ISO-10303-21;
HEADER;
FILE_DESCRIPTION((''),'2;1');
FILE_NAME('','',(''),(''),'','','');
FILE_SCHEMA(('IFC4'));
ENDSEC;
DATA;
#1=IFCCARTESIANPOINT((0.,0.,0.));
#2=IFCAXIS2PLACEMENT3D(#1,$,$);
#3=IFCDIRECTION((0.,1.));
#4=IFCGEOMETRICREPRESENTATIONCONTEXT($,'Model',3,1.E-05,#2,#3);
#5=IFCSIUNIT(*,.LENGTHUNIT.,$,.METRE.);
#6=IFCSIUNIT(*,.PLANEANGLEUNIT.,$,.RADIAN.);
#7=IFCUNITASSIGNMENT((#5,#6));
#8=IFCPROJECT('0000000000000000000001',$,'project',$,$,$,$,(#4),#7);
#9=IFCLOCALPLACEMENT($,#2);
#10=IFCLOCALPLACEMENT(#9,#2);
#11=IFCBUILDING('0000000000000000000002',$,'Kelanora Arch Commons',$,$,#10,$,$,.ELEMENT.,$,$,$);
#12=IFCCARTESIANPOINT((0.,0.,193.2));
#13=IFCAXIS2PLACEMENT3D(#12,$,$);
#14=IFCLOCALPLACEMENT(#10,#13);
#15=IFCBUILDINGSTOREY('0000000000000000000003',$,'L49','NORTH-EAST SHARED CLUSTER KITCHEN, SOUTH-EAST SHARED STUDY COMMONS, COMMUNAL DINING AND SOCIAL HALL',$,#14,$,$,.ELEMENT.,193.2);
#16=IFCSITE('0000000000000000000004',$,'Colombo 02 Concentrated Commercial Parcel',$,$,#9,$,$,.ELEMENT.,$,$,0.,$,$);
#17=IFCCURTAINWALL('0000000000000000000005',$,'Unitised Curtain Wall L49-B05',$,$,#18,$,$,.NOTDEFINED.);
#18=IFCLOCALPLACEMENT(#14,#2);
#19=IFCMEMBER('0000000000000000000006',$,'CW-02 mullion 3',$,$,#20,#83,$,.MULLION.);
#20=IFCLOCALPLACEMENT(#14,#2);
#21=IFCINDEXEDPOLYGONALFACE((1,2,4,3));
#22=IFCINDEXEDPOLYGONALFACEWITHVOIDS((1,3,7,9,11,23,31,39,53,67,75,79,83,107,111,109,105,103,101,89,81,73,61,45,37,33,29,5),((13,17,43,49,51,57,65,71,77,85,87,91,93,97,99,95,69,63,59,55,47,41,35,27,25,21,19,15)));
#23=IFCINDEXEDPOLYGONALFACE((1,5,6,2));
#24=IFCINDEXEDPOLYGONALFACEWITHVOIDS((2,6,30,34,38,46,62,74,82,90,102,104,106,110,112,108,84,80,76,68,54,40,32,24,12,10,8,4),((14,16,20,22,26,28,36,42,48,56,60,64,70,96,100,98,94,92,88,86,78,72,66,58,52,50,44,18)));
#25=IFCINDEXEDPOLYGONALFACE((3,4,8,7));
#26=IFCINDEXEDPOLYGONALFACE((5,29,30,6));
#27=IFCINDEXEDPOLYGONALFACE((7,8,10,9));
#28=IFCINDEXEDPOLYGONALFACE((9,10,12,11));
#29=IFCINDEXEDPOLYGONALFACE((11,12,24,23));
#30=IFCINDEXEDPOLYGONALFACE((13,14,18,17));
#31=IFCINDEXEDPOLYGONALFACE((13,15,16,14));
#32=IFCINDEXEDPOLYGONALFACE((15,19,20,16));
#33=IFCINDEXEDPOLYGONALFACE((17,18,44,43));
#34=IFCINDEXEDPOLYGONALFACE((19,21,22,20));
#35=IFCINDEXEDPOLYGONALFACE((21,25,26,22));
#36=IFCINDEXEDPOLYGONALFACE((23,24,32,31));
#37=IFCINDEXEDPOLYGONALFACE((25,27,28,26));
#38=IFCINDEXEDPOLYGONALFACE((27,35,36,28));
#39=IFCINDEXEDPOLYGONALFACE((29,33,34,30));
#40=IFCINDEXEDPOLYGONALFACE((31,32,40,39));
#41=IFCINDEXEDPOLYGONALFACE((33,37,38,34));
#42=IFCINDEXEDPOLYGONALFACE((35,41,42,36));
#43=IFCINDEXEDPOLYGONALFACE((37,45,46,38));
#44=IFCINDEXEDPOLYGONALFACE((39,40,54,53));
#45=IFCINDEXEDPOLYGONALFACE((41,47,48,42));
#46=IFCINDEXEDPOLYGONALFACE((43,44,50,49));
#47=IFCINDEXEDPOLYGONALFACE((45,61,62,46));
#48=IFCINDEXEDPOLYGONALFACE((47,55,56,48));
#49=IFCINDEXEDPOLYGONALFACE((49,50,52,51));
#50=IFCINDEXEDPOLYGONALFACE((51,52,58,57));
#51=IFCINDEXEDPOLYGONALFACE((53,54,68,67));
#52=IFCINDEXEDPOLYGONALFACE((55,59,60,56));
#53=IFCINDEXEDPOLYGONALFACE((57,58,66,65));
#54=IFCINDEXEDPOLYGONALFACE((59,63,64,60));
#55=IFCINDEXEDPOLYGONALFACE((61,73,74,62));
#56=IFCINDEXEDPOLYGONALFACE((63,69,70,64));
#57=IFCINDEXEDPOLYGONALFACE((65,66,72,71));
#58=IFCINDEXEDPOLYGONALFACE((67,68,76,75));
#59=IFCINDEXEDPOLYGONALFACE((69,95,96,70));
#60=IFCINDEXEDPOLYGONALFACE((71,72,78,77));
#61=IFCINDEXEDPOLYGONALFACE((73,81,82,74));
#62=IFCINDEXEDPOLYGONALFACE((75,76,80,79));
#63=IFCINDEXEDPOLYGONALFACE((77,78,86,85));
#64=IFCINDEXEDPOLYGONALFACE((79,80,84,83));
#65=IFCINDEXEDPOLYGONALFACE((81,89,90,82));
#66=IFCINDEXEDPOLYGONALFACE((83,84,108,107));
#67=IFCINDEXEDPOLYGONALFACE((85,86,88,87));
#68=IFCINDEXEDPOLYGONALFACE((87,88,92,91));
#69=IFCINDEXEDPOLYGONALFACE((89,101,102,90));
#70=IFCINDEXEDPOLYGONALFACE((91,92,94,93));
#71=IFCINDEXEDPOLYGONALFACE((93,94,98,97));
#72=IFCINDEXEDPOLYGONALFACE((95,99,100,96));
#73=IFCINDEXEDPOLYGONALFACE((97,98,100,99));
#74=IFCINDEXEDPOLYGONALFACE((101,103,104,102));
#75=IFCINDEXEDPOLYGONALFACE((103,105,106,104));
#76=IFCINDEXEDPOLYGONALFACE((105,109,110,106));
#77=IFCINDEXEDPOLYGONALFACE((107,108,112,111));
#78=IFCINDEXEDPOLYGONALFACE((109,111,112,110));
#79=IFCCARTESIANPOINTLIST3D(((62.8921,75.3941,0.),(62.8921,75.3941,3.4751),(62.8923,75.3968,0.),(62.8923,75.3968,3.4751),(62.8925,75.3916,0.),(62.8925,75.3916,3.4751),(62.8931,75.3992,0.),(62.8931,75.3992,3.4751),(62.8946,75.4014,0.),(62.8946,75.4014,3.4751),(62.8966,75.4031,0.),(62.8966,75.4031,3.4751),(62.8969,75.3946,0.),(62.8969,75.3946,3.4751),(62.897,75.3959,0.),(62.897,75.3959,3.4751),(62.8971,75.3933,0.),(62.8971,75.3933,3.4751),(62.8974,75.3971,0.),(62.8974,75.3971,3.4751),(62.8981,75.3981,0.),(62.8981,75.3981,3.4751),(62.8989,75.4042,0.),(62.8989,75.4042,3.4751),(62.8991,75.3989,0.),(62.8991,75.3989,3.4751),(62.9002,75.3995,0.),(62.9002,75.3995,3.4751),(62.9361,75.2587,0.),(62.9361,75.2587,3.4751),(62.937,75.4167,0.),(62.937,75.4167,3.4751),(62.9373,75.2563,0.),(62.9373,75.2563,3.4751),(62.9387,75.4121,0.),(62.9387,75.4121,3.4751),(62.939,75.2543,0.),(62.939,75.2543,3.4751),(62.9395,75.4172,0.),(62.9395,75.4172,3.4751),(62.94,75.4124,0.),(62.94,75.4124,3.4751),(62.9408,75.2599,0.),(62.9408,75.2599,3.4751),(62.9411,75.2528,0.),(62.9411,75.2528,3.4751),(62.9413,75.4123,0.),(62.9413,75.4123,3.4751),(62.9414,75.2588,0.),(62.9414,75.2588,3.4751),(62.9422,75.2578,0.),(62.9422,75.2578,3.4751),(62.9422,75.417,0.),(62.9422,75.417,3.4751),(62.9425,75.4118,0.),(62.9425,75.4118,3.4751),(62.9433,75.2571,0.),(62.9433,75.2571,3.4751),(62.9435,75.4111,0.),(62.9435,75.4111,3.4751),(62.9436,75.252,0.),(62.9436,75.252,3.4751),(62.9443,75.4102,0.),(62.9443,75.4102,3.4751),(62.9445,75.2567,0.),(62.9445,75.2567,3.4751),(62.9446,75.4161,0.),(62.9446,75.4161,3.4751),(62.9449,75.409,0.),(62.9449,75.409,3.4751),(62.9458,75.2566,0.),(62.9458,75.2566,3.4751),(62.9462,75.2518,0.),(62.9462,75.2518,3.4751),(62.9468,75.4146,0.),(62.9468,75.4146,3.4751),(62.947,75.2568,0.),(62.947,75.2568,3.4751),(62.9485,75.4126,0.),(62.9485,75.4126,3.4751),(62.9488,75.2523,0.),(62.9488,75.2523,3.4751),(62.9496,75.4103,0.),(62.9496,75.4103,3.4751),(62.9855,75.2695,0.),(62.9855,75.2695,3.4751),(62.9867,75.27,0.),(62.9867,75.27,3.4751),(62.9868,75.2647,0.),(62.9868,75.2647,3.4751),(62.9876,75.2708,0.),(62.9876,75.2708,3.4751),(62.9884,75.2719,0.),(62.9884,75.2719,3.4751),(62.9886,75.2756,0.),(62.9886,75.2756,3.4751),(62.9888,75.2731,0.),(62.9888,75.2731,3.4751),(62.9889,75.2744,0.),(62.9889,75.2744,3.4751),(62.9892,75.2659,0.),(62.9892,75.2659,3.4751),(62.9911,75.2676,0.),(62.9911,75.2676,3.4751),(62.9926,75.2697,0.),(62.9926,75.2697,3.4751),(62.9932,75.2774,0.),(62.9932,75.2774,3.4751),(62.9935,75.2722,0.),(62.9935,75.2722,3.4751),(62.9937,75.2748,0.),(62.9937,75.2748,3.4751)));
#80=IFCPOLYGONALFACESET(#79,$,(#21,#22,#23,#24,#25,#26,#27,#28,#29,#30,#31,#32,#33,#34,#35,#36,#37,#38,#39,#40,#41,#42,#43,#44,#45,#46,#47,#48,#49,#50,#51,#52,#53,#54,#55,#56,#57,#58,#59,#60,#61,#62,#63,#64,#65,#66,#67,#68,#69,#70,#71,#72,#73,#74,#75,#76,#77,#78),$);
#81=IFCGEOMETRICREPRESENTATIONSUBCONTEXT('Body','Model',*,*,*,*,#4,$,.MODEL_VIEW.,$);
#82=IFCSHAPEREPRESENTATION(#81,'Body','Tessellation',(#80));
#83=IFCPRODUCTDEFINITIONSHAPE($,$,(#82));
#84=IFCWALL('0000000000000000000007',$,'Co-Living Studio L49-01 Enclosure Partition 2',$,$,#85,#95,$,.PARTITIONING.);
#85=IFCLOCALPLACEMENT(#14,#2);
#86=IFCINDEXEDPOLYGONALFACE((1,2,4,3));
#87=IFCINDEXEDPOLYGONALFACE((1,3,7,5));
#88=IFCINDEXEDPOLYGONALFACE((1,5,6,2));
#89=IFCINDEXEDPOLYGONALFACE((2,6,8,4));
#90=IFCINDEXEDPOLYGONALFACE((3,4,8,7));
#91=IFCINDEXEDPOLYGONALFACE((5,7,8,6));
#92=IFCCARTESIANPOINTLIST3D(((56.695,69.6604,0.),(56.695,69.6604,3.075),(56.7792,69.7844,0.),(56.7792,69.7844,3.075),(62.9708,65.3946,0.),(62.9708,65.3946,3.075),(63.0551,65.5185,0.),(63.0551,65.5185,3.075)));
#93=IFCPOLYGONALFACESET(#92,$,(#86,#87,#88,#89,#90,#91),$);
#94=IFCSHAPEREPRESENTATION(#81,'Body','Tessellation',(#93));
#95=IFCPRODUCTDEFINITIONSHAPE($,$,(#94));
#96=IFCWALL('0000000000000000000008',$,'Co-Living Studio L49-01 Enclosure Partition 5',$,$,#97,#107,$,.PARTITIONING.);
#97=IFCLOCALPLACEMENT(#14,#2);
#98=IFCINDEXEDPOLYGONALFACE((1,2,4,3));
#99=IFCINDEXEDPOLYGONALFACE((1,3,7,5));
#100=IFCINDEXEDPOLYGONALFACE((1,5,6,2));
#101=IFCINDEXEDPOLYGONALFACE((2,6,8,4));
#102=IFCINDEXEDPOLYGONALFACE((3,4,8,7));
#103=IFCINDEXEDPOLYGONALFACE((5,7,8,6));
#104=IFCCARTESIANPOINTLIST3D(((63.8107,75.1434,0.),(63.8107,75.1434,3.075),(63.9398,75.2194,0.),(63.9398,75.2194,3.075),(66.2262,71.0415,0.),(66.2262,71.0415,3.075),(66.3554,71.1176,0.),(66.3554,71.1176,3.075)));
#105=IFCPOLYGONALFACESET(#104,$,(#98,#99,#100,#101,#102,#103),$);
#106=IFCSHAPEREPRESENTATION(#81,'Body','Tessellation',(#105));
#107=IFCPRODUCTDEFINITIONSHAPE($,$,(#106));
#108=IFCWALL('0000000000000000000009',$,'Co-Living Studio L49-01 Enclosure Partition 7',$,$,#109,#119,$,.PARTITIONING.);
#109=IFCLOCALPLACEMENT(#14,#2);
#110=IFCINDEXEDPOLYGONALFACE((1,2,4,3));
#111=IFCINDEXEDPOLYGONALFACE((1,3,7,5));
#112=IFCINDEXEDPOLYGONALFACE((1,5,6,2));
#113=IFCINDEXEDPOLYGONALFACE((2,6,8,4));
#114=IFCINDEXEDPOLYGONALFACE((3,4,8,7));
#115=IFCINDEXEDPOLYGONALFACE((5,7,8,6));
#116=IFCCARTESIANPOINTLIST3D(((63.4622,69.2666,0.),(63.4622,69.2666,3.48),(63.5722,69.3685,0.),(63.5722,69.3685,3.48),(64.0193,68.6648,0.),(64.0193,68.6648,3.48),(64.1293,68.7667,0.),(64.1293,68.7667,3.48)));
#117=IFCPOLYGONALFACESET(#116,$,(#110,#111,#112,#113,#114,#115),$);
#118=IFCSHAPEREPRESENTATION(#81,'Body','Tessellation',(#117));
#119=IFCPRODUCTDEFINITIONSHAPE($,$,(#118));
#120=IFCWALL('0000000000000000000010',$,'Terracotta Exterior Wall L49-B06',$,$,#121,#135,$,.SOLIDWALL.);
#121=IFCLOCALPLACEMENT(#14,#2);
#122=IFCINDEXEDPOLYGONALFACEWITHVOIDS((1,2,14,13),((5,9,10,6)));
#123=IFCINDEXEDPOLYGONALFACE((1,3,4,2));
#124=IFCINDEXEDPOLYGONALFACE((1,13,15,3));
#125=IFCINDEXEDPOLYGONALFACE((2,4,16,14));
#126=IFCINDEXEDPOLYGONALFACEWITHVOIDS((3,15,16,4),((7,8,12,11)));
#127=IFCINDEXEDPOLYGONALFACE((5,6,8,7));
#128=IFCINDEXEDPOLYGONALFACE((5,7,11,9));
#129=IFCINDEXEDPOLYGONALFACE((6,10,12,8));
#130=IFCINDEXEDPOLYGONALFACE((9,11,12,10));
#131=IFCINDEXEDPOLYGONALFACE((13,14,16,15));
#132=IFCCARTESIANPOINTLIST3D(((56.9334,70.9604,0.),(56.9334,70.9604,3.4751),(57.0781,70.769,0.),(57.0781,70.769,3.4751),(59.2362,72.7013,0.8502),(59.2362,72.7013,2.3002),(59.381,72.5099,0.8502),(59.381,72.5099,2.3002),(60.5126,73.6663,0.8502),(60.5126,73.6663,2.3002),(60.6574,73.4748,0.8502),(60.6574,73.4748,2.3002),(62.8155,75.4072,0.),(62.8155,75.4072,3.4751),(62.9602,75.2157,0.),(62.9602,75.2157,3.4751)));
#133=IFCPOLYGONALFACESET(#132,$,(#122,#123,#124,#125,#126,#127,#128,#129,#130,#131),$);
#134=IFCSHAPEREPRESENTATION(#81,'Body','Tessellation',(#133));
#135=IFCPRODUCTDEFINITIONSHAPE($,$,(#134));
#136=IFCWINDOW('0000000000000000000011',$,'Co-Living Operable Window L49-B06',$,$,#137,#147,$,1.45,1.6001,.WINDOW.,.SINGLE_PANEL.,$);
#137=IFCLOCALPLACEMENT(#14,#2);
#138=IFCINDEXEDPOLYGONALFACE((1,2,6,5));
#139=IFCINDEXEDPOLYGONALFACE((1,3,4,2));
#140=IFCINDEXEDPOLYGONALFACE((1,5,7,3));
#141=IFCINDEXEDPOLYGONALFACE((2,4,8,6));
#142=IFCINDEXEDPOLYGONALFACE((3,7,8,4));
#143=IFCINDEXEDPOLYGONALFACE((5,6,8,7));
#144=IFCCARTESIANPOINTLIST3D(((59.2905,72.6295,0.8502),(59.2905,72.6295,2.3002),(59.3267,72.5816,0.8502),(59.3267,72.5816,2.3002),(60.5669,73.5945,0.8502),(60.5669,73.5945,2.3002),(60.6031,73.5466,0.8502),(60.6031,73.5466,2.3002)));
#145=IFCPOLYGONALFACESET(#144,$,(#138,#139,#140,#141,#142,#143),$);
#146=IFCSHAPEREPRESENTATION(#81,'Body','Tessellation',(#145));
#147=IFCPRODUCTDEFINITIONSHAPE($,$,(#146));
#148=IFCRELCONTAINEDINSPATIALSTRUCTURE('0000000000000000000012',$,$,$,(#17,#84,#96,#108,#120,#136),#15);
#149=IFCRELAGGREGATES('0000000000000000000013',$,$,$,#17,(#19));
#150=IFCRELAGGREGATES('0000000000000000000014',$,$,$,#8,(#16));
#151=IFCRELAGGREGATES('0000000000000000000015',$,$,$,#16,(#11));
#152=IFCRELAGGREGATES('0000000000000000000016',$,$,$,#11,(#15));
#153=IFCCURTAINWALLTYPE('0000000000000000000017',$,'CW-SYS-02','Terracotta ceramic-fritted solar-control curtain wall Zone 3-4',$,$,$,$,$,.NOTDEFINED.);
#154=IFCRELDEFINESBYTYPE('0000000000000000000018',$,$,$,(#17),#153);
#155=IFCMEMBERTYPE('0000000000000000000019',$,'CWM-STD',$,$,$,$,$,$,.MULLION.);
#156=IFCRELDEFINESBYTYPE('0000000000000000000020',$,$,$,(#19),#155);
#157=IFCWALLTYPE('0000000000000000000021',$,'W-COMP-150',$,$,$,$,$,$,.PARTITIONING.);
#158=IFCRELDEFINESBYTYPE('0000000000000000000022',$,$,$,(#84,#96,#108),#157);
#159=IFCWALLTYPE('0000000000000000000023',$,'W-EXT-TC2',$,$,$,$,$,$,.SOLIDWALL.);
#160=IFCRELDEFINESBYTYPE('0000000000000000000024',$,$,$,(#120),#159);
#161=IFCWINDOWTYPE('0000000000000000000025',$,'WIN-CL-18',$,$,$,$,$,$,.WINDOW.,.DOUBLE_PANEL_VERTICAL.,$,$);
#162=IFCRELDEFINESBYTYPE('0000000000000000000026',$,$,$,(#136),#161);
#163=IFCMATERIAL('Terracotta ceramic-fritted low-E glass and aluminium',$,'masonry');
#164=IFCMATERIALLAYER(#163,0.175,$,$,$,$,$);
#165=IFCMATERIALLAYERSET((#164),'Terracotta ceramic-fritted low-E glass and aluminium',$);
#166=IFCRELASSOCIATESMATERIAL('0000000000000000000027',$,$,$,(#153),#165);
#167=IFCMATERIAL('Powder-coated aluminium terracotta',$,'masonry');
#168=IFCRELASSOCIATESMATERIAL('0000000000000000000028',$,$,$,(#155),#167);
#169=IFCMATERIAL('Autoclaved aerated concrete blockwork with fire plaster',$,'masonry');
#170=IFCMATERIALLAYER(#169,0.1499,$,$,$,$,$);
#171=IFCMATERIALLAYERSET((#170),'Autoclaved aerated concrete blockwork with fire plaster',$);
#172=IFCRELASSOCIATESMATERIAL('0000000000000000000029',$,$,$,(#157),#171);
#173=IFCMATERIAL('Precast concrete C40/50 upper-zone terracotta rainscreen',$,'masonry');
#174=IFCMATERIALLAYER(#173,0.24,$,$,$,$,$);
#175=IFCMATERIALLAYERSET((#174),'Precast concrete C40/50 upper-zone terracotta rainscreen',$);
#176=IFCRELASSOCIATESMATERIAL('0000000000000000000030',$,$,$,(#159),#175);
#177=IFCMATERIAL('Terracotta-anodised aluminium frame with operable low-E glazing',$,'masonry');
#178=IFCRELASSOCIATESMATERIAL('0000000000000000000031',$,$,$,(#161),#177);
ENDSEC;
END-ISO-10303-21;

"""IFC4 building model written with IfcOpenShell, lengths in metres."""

from ifc_helpers import new_model, si_unit, direction, frame, frame_2d, origin, origin_2d, place, context, subcontext, project, spatial, rectangle, hollow_rectangle, extrude, material, layer, layer_set, material_profile, profile_set, type_object, element, fill, aggregate, save


model = new_model("IFC4")

# Units and contexts
model_context = context("Model", 3, precision=1e-05, world=origin(), true_north=direction((0.0, 1.0)))
body_context = subcontext(model_context, "Body", "Model", "MODEL_VIEW")
ifc_project = project(units=[si_unit("LENGTHUNIT", "METRE"), si_unit("PLANEANGLEUNIT", "RADIAN")], contexts=[model_context])

# Site, building, storey
site_placement = place(None, origin())
site = spatial("IfcSite", under=ifc_project, at=site_placement, Name="Colombo 02 Concentrated Commercial Parcel", CompositionType="ELEMENT", RefElevation=0.0)
building_placement = place(site_placement, origin())
building = spatial("IfcBuilding", under=site, at=building_placement, Name="Kelanora Arch Commons", CompositionType="ELEMENT")
storey_placement = place(building_placement, frame((0.0, 0.0, 193.2)))
storey = spatial("IfcBuildingStorey", under=building, at=storey_placement, Name="L49", Description="NORTH-EAST SHARED CLUSTER KITCHEN, SOUTH-EAST SHARED STUDY COMMONS, COMMUNAL DINING AND SOCIAL HALL", CompositionType="ELEMENT", Elevation=193.2)

# Curtain wall, member
ifc_material_1 = material(Name="Terracotta ceramic-fritted low-E glass and aluminium", Category="masonry")
ifc_layer_1 = layer(ifc_material_1, 0.175)
ifc_layer_set_1 = layer_set([ifc_layer_1], Name="Terracotta ceramic-fritted low-E glass and aluminium")
curtain_wall_type = type_object("IfcCurtainWallType", Name="CW-SYS-02", Description="Terracotta ceramic-fritted solar-control curtain wall Zone 3-4", PredefinedType="NOTDEFINED", material=ifc_layer_set_1)
curtain_wall_placement = place(storey_placement, origin())
curtain_wall = element("IfcCurtainWall", 1, at=curtain_wall_placement, inside=storey, type_object=curtain_wall_type, Name="Unitised Curtain Wall L49-B05", PredefinedType="NOTDEFINED")
ifc_material_2 = material(Name="Powder-coated aluminium terracotta", Category="masonry")
ifc_material_profile_1 = material_profile(ifc_material_2, hollow_rectangle(XDim=0.1599, YDim=0.0601, WallThickness=0.0049, InnerFilletRadius=0.0049, OuterFilletRadius=0.01, at=origin_2d()), Name="CWM160x60")
ifc_profile_set_1 = profile_set([ifc_material_profile_1], Name="Powder-coated aluminium terracotta")
member_type = type_object("IfcMemberType", Name="CWM-STD", PredefinedType="MULLION", material=ifc_profile_set_1)
member_placement = place(storey_placement, frame((62.9429, 75.3345, 0.0), z_axis=(0.0, 0.0, 1.0), x_axis=(0.311582, -0.950219, 0.0)))
member = element("IfcMember", 2, at=member_placement, type_object=member_type, Name="CW-02 mullion 3", PredefinedType="MULLION", context=body_context, shape_type="SweptSolid", body=[
    extrude(hollow_rectangle(XDim=0.1599, YDim=0.0601, WallThickness=0.0049, InnerFilletRadius=0.0049, OuterFilletRadius=0.01, at=origin_2d()), origin(), (0.0, 0.0, 1.0), 3.4751),
])
aggregate(curtain_wall, [member])

# Walls
ifc_material_3 = material(Name="Autoclaved aerated concrete blockwork with fire plaster", Category="masonry")
ifc_layer_2 = layer(ifc_material_3, 0.1499)
ifc_layer_set_2 = layer_set([ifc_layer_2], Name="Autoclaved aerated concrete blockwork with fire plaster")
wall_type_1 = type_object("IfcWallType", Name="W-COMP-150", PredefinedType="PARTITIONING", material=ifc_layer_set_2)
wall_1_placement = place(storey_placement, frame((63.0129, 65.4565, 0.0), z_axis=(0.0, 0.0, 1.0), x_axis=(-0.827032, 0.562154, 0.0)))
element("IfcWall", 3, at=wall_1_placement, inside=storey, type_object=wall_type_1, Name="Co-Living Studio L49-01 Enclosure Partition 2", PredefinedType="PARTITIONING", context=body_context, shape_type="SweptSolid", body=[
    extrude(rectangle(XDim=7.5884, YDim=0.1499, at=frame_2d((3.7942, 0.0))), origin(), (0.0, 0.0, 1.0), 3.075),
])
wall_2_placement = place(storey_placement, frame((63.8752, 75.1814, 0.0), z_axis=(0.0, 0.0, 1.0), x_axis=(0.507441, -0.861686, 0.0)))
element("IfcWall", 4, at=wall_2_placement, inside=storey, type_object=wall_type_1, Name="Co-Living Studio L49-01 Enclosure Partition 5", PredefinedType="PARTITIONING", context=body_context, shape_type="SweptSolid", body=[
    extrude(rectangle(XDim=4.7603, YDim=0.1499, at=frame_2d((2.3801, 0.0))), origin(), (0.0, 0.0, 1.0), 3.075),
])
wall_3_placement = place(storey_placement, frame((63.5171, 69.3176, 0.0), z_axis=(0.0, 0.0, 1.0), x_axis=(0.679343, -0.733821, 0.0)))
element("IfcWall", 5, at=wall_3_placement, inside=storey, type_object=wall_type_1, Name="Co-Living Studio L49-01 Enclosure Partition 7", PredefinedType="PARTITIONING", context=body_context, shape_type="SweptSolid", body=[
    extrude(rectangle(XDim=0.8201, YDim=0.1499, at=frame_2d((0.4102, 0.0))), origin(), (0.0, 0.0, 1.0), 3.48),
])

# Wall, opening, window
ifc_material_4 = material(Name="Precast concrete C40/50 upper-zone terracotta rainscreen", Category="masonry")
ifc_layer_3 = layer(ifc_material_4, 0.24)
ifc_layer_set_3 = layer_set([ifc_layer_3], Name="Precast concrete C40/50 upper-zone terracotta rainscreen")
wall_type_2 = type_object("IfcWallType", Name="W-EXT-TC2", PredefinedType="SOLIDWALL", material=ifc_layer_set_3)
wall_4_placement = place(storey_placement, frame((62.8879, 75.3115, 0.0), z_axis=(0.0, 0.0, 1.0), x_axis=(-0.797702, -0.603052, 0.0)))
wall_4 = element("IfcWall", 6, at=wall_4_placement, inside=storey, type_object=wall_type_2, Name="Terracotta Exterior Wall L49-B06", PredefinedType="SOLIDWALL", context=body_context, shape_type="SweptSolid", body=[
    extrude(rectangle(XDim=7.3738, YDim=0.24, at=frame_2d((3.687, 0.0))), origin(), (0.0, 0.0, 1.0), 3.4751),
])
opening_1_placement = place(wall_4_placement, frame((2.887, 0.0, 0.8501)))
opening_1 = element("IfcOpeningElement", 7, at=opening_1_placement, cuts=wall_4, PredefinedType="OPENING", context=body_context, shape_type="SweptSolid", body=[
    extrude(rectangle(XDim=1.6001, YDim=1.45, at=frame_2d((0.8, 0.7251))), frame((0.0, 0.1299, 0.0), z_axis=(0.0, -1.0, 0.0), x_axis=(1.0, 0.0, 0.0)), (0.0, 0.0, 1.0), 0.26),
])
ifc_material_5 = material(Name="Terracotta-anodised aluminium frame with operable low-E glazing", Category="masonry")
window_type_1 = type_object("IfcWindowType", Name="WIN-CL-18", PartitioningType="DOUBLE_PANEL_VERTICAL", PredefinedType="WINDOW", material=ifc_material_5)
window_1_placement = place(opening_1_placement, origin())
window_1 = element("IfcWindow", 8, at=window_1_placement, inside=storey, type_object=window_type_1, Name="Co-Living Operable Window L49-B06", OverallHeight=1.45, OverallWidth=1.6001, PartitioningType="SINGLE_PANEL", PredefinedType="WINDOW", context=body_context, shape_type="SweptSolid", body=[
    extrude(rectangle(XDim=1.6001, YDim=1.45, at=frame_2d((0.8, 0.7251))), frame((0.0, 0.03, 0.0), z_axis=(0.0, -1.0, 0.0), x_axis=(1.0, 0.0, 0.0)), (0.0, 0.0, 1.0), 0.0601),
])
fill(opening_1, window_1)

save(model, "model.ifc")
